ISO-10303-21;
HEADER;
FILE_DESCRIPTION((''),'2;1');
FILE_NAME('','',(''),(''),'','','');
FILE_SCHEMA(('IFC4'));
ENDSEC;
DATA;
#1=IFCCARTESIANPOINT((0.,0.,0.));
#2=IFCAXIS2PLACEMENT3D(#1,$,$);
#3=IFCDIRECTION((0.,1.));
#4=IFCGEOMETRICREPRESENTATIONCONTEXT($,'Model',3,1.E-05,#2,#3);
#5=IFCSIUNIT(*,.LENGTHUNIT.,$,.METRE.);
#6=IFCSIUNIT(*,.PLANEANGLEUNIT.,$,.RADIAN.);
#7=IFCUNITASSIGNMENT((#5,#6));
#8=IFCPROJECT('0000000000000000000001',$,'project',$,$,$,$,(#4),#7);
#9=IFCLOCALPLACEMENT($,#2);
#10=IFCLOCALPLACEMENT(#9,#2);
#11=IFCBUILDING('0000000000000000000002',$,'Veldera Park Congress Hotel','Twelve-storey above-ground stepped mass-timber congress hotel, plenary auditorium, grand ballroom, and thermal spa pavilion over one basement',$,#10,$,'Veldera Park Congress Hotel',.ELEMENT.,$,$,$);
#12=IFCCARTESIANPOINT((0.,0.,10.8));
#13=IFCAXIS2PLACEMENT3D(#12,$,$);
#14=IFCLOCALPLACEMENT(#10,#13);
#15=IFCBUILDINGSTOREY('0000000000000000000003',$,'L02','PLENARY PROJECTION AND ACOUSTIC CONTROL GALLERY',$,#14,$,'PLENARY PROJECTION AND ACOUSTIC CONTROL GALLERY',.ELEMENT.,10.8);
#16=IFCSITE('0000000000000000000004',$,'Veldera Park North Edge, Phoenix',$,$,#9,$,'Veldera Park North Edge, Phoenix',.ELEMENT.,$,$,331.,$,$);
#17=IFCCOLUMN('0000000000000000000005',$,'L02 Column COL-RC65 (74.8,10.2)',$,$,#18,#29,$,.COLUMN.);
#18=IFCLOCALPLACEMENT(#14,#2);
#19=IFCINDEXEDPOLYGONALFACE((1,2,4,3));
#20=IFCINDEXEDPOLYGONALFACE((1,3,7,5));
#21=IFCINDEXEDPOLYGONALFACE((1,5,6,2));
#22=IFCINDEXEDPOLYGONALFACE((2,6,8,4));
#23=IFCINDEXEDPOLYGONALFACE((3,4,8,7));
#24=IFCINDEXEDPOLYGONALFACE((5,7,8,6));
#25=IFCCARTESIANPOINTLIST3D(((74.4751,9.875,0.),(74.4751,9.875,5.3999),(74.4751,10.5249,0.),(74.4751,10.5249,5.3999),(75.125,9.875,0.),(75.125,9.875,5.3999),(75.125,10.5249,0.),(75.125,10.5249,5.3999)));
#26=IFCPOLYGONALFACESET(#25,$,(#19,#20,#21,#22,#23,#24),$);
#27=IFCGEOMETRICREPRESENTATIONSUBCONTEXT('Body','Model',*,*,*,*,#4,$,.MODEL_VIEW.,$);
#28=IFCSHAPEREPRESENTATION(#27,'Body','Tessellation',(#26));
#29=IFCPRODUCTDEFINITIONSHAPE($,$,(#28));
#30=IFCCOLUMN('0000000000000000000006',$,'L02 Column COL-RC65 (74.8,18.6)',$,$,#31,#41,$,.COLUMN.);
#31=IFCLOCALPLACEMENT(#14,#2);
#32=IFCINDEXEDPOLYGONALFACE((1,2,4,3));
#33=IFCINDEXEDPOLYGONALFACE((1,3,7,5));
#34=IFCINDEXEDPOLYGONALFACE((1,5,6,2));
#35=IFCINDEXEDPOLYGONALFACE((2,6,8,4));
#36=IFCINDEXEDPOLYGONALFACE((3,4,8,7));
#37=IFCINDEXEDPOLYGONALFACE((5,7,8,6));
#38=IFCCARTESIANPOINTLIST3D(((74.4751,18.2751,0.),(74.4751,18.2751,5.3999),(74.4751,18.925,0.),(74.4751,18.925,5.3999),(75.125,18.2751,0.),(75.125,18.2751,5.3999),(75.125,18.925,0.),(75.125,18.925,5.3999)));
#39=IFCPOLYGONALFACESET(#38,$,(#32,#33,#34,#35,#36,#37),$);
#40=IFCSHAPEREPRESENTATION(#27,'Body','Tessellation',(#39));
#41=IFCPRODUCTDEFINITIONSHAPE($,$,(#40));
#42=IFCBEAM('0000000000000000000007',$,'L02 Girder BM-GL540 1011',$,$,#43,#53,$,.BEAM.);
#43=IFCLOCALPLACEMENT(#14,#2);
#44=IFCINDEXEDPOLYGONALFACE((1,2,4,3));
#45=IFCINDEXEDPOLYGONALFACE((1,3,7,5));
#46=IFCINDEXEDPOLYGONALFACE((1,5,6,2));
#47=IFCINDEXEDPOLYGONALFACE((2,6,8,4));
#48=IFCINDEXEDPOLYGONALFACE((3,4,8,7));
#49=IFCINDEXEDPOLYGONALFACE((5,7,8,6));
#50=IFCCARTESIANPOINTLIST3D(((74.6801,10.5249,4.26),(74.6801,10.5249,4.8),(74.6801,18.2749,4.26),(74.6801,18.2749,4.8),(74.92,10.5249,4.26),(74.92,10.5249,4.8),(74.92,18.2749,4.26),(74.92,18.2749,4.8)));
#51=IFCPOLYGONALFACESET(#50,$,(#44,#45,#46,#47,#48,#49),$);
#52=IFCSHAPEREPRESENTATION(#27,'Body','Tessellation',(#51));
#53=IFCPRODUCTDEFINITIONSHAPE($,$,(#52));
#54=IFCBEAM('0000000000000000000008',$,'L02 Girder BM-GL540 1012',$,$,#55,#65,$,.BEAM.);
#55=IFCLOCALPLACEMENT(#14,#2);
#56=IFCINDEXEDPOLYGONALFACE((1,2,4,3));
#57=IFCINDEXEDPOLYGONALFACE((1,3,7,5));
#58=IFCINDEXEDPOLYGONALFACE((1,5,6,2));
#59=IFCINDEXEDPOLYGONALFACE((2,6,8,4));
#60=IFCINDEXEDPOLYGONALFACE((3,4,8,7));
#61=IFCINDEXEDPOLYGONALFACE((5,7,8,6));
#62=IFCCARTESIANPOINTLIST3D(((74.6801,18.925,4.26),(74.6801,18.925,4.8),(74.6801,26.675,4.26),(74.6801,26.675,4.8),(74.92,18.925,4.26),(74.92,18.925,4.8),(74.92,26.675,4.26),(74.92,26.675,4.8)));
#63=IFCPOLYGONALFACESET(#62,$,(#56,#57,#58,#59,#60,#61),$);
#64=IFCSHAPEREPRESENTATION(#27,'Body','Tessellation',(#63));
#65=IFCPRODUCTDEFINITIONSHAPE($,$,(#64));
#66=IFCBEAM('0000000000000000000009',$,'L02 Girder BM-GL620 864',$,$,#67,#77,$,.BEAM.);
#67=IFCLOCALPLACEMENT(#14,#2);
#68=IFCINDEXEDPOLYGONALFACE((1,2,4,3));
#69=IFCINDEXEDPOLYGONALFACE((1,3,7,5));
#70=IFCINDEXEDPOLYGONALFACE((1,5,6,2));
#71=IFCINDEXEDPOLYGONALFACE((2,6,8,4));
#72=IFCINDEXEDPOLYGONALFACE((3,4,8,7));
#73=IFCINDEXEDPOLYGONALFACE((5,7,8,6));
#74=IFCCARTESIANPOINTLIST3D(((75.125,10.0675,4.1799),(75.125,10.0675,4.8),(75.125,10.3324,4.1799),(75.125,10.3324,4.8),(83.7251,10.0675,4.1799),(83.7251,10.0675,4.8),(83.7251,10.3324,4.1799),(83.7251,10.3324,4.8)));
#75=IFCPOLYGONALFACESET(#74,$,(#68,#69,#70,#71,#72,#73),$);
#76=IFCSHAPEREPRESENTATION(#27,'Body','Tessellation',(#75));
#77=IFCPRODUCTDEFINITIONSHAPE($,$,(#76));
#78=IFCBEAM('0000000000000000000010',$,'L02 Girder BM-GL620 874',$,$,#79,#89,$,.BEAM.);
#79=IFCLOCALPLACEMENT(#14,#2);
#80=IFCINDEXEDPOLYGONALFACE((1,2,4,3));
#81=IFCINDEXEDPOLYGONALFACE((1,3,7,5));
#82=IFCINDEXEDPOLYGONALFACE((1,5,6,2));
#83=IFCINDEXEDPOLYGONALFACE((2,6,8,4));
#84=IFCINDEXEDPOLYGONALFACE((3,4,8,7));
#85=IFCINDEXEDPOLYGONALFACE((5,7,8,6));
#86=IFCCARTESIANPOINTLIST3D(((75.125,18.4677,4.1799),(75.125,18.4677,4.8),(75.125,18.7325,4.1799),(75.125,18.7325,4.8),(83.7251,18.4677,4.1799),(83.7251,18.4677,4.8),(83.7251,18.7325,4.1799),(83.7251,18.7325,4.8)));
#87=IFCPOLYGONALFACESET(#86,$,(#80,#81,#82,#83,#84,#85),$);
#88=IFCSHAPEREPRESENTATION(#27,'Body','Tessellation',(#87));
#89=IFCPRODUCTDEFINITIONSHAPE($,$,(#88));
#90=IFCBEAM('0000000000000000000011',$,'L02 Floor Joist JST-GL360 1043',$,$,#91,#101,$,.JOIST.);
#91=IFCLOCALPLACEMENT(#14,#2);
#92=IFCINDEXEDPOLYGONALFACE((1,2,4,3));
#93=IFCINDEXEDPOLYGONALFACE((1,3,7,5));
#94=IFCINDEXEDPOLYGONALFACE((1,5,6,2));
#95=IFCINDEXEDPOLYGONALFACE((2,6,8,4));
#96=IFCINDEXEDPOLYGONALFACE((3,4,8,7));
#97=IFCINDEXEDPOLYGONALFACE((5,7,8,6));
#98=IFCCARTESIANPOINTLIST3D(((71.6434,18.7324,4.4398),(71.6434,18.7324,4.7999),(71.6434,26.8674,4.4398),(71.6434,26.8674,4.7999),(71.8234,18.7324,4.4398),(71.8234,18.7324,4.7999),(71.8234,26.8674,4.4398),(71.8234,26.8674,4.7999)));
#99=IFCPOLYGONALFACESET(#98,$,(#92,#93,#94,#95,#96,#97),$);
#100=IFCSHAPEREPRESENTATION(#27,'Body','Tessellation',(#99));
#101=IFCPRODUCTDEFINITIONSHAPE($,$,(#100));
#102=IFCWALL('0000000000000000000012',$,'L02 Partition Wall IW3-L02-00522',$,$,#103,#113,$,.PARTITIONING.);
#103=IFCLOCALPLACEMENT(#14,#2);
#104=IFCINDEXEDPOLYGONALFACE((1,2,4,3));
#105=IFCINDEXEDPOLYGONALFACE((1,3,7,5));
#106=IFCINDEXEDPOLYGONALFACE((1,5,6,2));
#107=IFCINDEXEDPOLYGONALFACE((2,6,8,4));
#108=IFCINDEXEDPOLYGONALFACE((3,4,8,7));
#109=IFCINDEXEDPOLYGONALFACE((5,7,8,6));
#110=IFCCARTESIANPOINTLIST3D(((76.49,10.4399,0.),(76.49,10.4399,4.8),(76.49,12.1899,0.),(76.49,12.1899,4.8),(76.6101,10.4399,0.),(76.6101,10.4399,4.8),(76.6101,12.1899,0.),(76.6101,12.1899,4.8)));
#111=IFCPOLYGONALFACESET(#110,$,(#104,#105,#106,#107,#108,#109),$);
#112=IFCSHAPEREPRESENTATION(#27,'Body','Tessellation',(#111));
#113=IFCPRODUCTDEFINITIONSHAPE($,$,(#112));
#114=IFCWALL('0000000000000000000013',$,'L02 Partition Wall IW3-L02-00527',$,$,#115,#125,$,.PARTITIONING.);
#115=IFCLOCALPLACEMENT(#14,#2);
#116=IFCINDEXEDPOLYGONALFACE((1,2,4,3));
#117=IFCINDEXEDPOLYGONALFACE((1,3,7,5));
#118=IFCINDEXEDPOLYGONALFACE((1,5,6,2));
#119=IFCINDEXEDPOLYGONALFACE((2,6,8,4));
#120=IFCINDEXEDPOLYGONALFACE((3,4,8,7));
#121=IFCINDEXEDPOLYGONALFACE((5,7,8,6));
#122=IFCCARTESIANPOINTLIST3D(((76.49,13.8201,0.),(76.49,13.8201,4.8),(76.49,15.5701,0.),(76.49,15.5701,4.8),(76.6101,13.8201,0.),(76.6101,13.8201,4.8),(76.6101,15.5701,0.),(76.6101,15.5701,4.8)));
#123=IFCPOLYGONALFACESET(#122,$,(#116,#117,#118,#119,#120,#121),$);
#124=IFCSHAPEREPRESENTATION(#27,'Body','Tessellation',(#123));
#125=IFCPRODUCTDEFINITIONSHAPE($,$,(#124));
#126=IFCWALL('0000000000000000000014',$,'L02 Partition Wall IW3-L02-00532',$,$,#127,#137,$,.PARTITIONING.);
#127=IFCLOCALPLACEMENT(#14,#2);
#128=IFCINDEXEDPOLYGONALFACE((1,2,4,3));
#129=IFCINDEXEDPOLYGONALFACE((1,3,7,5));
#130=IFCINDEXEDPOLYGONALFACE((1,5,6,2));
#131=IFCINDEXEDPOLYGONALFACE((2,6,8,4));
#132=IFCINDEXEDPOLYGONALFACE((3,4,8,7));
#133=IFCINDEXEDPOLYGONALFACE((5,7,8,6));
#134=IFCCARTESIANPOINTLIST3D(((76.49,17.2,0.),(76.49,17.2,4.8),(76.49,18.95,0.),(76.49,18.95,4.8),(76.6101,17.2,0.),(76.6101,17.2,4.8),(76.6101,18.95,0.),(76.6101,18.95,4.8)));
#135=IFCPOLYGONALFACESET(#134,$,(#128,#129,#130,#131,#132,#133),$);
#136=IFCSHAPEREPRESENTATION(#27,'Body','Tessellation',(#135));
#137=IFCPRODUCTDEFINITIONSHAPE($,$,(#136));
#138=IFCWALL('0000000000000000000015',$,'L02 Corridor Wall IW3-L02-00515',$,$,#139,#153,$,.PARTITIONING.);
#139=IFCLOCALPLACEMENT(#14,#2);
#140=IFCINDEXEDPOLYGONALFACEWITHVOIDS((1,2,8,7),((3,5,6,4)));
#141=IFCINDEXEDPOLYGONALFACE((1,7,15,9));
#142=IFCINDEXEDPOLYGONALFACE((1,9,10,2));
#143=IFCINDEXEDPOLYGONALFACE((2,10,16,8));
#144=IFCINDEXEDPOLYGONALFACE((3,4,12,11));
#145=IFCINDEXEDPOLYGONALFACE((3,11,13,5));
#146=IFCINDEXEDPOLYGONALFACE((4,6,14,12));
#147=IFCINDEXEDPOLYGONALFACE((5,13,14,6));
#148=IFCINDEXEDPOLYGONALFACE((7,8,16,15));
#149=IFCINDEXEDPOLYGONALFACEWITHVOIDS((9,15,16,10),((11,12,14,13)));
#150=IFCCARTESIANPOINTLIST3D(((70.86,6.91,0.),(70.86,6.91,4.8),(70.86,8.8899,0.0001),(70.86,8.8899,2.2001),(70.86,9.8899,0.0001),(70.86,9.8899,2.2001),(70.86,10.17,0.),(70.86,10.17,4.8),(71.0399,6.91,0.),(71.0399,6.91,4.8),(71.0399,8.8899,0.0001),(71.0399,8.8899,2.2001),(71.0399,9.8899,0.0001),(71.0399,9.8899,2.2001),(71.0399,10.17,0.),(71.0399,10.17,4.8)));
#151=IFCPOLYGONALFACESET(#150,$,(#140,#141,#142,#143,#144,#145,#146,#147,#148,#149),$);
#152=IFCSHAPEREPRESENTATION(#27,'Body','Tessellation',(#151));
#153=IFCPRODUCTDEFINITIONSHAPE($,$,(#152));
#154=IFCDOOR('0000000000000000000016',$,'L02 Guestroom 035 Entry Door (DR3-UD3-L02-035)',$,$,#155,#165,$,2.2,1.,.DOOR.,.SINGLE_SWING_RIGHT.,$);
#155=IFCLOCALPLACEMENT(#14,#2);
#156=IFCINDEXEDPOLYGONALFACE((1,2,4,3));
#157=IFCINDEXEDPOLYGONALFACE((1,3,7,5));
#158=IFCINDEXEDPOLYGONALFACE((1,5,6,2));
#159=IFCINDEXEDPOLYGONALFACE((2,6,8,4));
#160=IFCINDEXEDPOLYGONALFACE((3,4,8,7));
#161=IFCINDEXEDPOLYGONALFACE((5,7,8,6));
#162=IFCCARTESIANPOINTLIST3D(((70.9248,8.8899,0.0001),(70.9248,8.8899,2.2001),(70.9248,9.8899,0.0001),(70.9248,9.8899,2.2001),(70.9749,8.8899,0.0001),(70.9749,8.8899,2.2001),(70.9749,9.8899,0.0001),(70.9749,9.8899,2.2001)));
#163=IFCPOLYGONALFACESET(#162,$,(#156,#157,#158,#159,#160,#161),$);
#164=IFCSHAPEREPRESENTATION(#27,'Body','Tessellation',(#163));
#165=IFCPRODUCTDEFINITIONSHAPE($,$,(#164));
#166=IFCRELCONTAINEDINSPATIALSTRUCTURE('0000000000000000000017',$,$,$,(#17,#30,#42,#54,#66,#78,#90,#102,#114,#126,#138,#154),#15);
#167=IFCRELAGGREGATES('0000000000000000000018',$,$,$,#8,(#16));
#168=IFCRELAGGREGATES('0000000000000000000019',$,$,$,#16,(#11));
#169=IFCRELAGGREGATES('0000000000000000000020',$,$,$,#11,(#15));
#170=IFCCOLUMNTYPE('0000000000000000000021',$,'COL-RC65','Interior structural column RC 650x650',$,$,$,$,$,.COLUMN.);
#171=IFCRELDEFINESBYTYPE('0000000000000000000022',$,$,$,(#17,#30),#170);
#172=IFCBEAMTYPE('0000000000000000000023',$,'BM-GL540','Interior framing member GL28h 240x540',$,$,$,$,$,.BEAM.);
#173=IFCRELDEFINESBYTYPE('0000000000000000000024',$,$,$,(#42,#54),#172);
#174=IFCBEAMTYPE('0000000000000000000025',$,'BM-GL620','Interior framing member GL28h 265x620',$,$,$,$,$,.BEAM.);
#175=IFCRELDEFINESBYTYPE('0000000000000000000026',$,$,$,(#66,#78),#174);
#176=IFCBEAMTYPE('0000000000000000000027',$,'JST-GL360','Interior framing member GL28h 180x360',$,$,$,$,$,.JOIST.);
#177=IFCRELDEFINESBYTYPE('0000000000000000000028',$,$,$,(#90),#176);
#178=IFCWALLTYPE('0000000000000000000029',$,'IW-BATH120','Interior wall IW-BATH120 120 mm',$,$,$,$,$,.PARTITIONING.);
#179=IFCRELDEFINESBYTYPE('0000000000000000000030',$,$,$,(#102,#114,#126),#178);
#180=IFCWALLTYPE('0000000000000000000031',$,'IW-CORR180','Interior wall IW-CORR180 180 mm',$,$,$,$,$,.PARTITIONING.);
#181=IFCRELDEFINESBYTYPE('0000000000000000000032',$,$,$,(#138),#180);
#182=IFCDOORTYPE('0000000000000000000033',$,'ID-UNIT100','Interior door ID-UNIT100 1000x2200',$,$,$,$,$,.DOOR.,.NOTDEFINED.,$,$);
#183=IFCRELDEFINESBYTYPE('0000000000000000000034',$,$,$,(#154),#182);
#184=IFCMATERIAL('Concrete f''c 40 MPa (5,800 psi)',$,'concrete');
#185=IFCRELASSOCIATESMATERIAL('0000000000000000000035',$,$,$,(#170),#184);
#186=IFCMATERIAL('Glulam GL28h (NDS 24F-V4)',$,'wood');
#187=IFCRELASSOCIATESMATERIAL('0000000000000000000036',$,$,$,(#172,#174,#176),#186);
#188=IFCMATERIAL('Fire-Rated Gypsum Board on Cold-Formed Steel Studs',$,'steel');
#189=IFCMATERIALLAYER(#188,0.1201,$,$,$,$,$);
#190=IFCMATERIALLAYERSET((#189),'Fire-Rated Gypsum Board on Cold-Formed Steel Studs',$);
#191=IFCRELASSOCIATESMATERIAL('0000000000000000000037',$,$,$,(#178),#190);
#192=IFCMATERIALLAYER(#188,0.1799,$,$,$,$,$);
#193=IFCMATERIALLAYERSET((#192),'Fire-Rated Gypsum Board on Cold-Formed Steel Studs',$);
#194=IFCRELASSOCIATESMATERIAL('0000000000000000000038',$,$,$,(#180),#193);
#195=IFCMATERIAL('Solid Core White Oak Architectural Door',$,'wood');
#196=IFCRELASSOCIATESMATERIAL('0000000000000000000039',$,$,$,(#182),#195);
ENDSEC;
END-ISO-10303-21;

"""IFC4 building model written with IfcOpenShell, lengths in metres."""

from ifc_helpers import new_model, si_unit, direction, frame, frame_2d, origin, origin_2d, place, context, subcontext, project, spatial, rectangle, extrude, material, layer, layer_set, material_profile, profile_set, type_object, element, fill, save


model = new_model("IFC4")

# Units and contexts
model_context = context("Model", 3, precision=1e-05, world=origin(), true_north=direction((0.0, 1.0)))
body_context = subcontext(model_context, "Body", "Model", "MODEL_VIEW")
ifc_project = project(units=[si_unit("LENGTHUNIT", "METRE"), si_unit("PLANEANGLEUNIT", "RADIAN")], contexts=[model_context])

# Site, building, storey
site_placement = place(None, origin())
site = spatial("IfcSite", under=ifc_project, at=site_placement, Name="Veldera Park North Edge, Phoenix", LongName="Veldera Park North Edge, Phoenix", CompositionType="ELEMENT", RefElevation=331.0)
building_placement = place(site_placement, origin())
building = spatial("IfcBuilding", under=site, at=building_placement, Name="Veldera Park Congress Hotel", Description="Twelve-storey above-ground stepped mass-timber congress hotel, plenary auditorium, grand ballroom, and thermal spa pavilion over one basement", LongName="Veldera Park Congress Hotel", CompositionType="ELEMENT")
storey_placement = place(building_placement, frame((0.0, 0.0, 10.8)))
storey = spatial("IfcBuildingStorey", under=building, at=storey_placement, Name="L02", Description="PLENARY PROJECTION AND ACOUSTIC CONTROL GALLERY", LongName="PLENARY PROJECTION AND ACOUSTIC CONTROL GALLERY", CompositionType="ELEMENT", Elevation=10.8)

# Columns
ifc_material_1 = material(Name="Concrete f'c 40 MPa (5,800 psi)", Category="concrete")
ifc_material_profile_1 = material_profile(ifc_material_1, rectangle(XDim=0.6499, YDim=0.6499, at=origin_2d()), Name="RC 650x650")
ifc_profile_set_1 = profile_set([ifc_material_profile_1], Name="Concrete f'c 40 MPa (5,800 psi)")
column_type = type_object("IfcColumnType", Name="COL-RC65", Description="Interior structural column RC 650x650", PredefinedType="COLUMN", material=ifc_profile_set_1)
for number, where, z_axis, x_axis, name in (
    (1, (74.8, 10.2, 0.0), (0.0, 0.0, 1.0), (1.0, 0.0, 0.0), "L02 Column COL-RC65 (74.8,10.2)"),
    (2, (74.8, 18.6001, 0.0), (0.0, 0.0, 1.0), (1.0, 0.0, 0.0), "L02 Column COL-RC65 (74.8,18.6)"),
):
    element("IfcColumn", number, at=place(storey_placement, frame(where, z_axis=z_axis, x_axis=x_axis)), inside=storey, type_object=column_type, Name=name, PredefinedType="COLUMN", context=body_context, shape_type="SweptSolid", body=[
        extrude(rectangle(XDim=0.6499, YDim=0.6499, at=origin_2d()), origin(), (0.0, 0.0, 1.0), 5.3999),
    ])

# Beams
ifc_material_2 = material(Name="Glulam GL28h (NDS 24F-V4)", Category="wood")
ifc_material_profile_2 = material_profile(ifc_material_2, rectangle(XDim=0.24, YDim=0.54, at=origin_2d()), Name="GL28h 240x540")
ifc_profile_set_2 = profile_set([ifc_material_profile_2], Name="Glulam GL28h (NDS 24F-V4)")
beam_type_1 = type_object("IfcBeamType", Name="BM-GL540", Description="Interior framing member GL28h 240x540", PredefinedType="BEAM", material=ifc_profile_set_2)
for number, where, z_axis, x_axis, name in (
    (3, (74.8, 10.5249, 4.53), (0.0, 1.0, 0.0), (-1.0, 0.0, 0.0), "L02 Girder BM-GL540 1011"),
    (4, (74.8, 18.925, 4.53), (0.0, 1.0, 0.0), (-1.0, 0.0, 0.0), "L02 Girder BM-GL540 1012"),
):
    element("IfcBeam", number, at=place(storey_placement, frame(where, z_axis=z_axis, x_axis=x_axis)), inside=storey, type_object=beam_type_1, Name=name, PredefinedType="BEAM", context=body_context, shape_type="SweptSolid", body=[
        extrude(rectangle(XDim=0.24, YDim=0.54, at=origin_2d()), origin(), (0.0, 0.0, 1.0), 7.75),
    ])
ifc_material_profile_3 = material_profile(ifc_material_2, rectangle(XDim=0.2649, YDim=0.6201, at=origin_2d()), Name="GL28h 265x620")
ifc_profile_set_3 = profile_set([ifc_material_profile_3], Name="Glulam GL28h (NDS 24F-V4)")
beam_type_2 = type_object("IfcBeamType", Name="BM-GL620", Description="Interior framing member GL28h 265x620", PredefinedType="BEAM", material=ifc_profile_set_3)
for number, where, z_axis, x_axis, name in (
    (5, (75.125, 10.2, 4.49), (1.0, 0.0, 0.0), (0.0, 1.0, 0.0), "L02 Girder BM-GL620 864"),
    (6, (75.125, 18.6001, 4.49), (1.0, 0.0, 0.0), (0.0, 1.0, 0.0), "L02 Girder BM-GL620 874"),
):
    element("IfcBeam", number, at=place(storey_placement, frame(where, z_axis=z_axis, x_axis=x_axis)), inside=storey, type_object=beam_type_2, Name=name, PredefinedType="BEAM", context=body_context, shape_type="SweptSolid", body=[
        extrude(rectangle(XDim=0.2649, YDim=0.6201, at=origin_2d()), origin(), (0.0, 0.0, 1.0), 8.6001),
    ])
ifc_material_profile_4 = material_profile(ifc_material_2, rectangle(XDim=0.1799, YDim=0.3601, at=origin_2d()), Name="GL28h 180x360")
ifc_profile_set_4 = profile_set([ifc_material_profile_4], Name="Glulam GL28h (NDS 24F-V4)")
beam_type_3 = type_object("IfcBeamType", Name="JST-GL360", Description="Interior framing member GL28h 180x360", PredefinedType="JOIST", material=ifc_profile_set_4)
beam_placement = place(storey_placement, frame((71.7334, 18.7324, 4.6199), z_axis=(0.0, 1.0, 0.0), x_axis=(-1.0, 0.0, 0.0)))
element("IfcBeam", 7, at=beam_placement, inside=storey, type_object=beam_type_3, Name="L02 Floor Joist JST-GL360 1043", PredefinedType="JOIST", context=body_context, shape_type="SweptSolid", body=[
    extrude(rectangle(XDim=0.1799, YDim=0.3601, at=origin_2d()), origin(), (0.0, 0.0, 1.0), 8.135),
])

# Shared definitions
ifc_material_3 = material(Name="Fire-Rated Gypsum Board on Cold-Formed Steel Studs", Category="steel")
ifc_layer_1 = layer(ifc_material_3, 0.1201)
ifc_layer_set_1 = layer_set([ifc_layer_1], Name="Fire-Rated Gypsum Board on Cold-Formed Steel Studs")
wall_type_1 = type_object("IfcWallType", Name="IW-BATH120", Description="Interior wall IW-BATH120 120 mm", PredefinedType="PARTITIONING", material=ifc_layer_set_1)
ifc_material_4 = material(Name="Solid Core White Oak Architectural Door", Category="wood")

# Wall
wall_1_placement = place(storey_placement, frame((76.55, 10.4399, 0.0), z_axis=(0.0, 0.0, 1.0), x_axis=(0.0, 1.0, 0.0)))
element("IfcWall", 8, at=wall_1_placement, inside=storey, type_object=wall_type_1, Name="L02 Partition Wall IW3-L02-00522", PredefinedType="PARTITIONING", context=body_context, shape_type="SweptSolid", body=[
    extrude(rectangle(XDim=1.75, YDim=0.1201, at=frame_2d((0.875, 0.0))), origin(), (0.0, 0.0, 1.0), 4.8),
])

# Wall
wall_2_placement = place(storey_placement, frame((76.55, 13.8201, 0.0), z_axis=(0.0, 0.0, 1.0), x_axis=(0.0, 1.0, 0.0)))
element("IfcWall", 9, at=wall_2_placement, inside=storey, type_object=wall_type_1, Name="L02 Partition Wall IW3-L02-00527", PredefinedType="PARTITIONING", context=body_context, shape_type="SweptSolid", body=[
    extrude(rectangle(XDim=1.75, YDim=0.1201, at=frame_2d((0.875, 0.0))), origin(), (0.0, 0.0, 1.0), 4.8),
])

# Wall
wall_3_placement = place(storey_placement, frame((76.55, 17.2, 0.0), z_axis=(0.0, 0.0, 1.0), x_axis=(0.0, 1.0, 0.0)))
element("IfcWall", 10, at=wall_3_placement, inside=storey, type_object=wall_type_1, Name="L02 Partition Wall IW3-L02-00532", PredefinedType="PARTITIONING", context=body_context, shape_type="SweptSolid", body=[
    extrude(rectangle(XDim=1.75, YDim=0.1201, at=frame_2d((0.875, 0.0))), origin(), (0.0, 0.0, 1.0), 4.8),
])

# Wall, opening, door
ifc_layer_2 = layer(ifc_material_3, 0.1799)
ifc_layer_set_2 = layer_set([ifc_layer_2], Name="Fire-Rated Gypsum Board on Cold-Formed Steel Studs")
wall_type_2 = type_object("IfcWallType", Name="IW-CORR180", Description="Interior wall IW-CORR180 180 mm", PredefinedType="PARTITIONING", material=ifc_layer_set_2)
wall_4_placement = place(storey_placement, frame((70.95, 10.1699, 0.0), z_axis=(0.0, 0.0, 1.0), x_axis=(0.0, -1.0, 0.0)))
wall_4 = element("IfcWall", 11, at=wall_4_placement, inside=storey, type_object=wall_type_2, Name="L02 Corridor Wall IW3-L02-00515", PredefinedType="PARTITIONING", context=body_context, shape_type="SweptSolid", body=[
    extrude(rectangle(XDim=3.26, YDim=0.1799, at=frame_2d((1.6299, 0.0))), origin(), (0.0, 0.0, 1.0), 4.8),
])
opening_1_placement = place(wall_4_placement, frame((0.28, 0.0, 0.0)))
opening_1 = element("IfcOpeningElement", 12, at=opening_1_placement, cuts=wall_4, PredefinedType="OPENING", context=body_context, shape_type="SweptSolid", body=[
    extrude(rectangle(XDim=1.0, YDim=2.2, at=frame_2d((0.5, 1.1001))), frame((0.0, 0.1021, 0.0), z_axis=(0.0, -1.0, 0.0), x_axis=(1.0, 0.0, 0.0)), (0.0, 0.0, 1.0), 0.2039),
])
door_type_1 = type_object("IfcDoorType", Name="ID-UNIT100", Description="Interior door ID-UNIT100 1000x2200", OperationType="NOTDEFINED", PredefinedType="DOOR", material=ifc_material_4)
door_1_placement = place(opening_1_placement, origin())
door_1 = element("IfcDoor", 13, at=door_1_placement, inside=storey, type_object=door_type_1, Name="L02 Guestroom 035 Entry Door (DR3-UD3-L02-035)", OperationType="SINGLE_SWING_RIGHT", OverallHeight=2.2, OverallWidth=1.0, PredefinedType="DOOR", context=body_context, shape_type="SweptSolid", body=[
    extrude(rectangle(XDim=1.0, YDim=2.2, at=frame_2d((0.5, 1.1001))), frame((0.0, 0.0249, 0.0), z_axis=(0.0, -1.0, 0.0), x_axis=(1.0, 0.0, 0.0)), (0.0, 0.0, 1.0), 0.05),
])
fill(opening_1, door_1)

save(model, "model.ifc")
